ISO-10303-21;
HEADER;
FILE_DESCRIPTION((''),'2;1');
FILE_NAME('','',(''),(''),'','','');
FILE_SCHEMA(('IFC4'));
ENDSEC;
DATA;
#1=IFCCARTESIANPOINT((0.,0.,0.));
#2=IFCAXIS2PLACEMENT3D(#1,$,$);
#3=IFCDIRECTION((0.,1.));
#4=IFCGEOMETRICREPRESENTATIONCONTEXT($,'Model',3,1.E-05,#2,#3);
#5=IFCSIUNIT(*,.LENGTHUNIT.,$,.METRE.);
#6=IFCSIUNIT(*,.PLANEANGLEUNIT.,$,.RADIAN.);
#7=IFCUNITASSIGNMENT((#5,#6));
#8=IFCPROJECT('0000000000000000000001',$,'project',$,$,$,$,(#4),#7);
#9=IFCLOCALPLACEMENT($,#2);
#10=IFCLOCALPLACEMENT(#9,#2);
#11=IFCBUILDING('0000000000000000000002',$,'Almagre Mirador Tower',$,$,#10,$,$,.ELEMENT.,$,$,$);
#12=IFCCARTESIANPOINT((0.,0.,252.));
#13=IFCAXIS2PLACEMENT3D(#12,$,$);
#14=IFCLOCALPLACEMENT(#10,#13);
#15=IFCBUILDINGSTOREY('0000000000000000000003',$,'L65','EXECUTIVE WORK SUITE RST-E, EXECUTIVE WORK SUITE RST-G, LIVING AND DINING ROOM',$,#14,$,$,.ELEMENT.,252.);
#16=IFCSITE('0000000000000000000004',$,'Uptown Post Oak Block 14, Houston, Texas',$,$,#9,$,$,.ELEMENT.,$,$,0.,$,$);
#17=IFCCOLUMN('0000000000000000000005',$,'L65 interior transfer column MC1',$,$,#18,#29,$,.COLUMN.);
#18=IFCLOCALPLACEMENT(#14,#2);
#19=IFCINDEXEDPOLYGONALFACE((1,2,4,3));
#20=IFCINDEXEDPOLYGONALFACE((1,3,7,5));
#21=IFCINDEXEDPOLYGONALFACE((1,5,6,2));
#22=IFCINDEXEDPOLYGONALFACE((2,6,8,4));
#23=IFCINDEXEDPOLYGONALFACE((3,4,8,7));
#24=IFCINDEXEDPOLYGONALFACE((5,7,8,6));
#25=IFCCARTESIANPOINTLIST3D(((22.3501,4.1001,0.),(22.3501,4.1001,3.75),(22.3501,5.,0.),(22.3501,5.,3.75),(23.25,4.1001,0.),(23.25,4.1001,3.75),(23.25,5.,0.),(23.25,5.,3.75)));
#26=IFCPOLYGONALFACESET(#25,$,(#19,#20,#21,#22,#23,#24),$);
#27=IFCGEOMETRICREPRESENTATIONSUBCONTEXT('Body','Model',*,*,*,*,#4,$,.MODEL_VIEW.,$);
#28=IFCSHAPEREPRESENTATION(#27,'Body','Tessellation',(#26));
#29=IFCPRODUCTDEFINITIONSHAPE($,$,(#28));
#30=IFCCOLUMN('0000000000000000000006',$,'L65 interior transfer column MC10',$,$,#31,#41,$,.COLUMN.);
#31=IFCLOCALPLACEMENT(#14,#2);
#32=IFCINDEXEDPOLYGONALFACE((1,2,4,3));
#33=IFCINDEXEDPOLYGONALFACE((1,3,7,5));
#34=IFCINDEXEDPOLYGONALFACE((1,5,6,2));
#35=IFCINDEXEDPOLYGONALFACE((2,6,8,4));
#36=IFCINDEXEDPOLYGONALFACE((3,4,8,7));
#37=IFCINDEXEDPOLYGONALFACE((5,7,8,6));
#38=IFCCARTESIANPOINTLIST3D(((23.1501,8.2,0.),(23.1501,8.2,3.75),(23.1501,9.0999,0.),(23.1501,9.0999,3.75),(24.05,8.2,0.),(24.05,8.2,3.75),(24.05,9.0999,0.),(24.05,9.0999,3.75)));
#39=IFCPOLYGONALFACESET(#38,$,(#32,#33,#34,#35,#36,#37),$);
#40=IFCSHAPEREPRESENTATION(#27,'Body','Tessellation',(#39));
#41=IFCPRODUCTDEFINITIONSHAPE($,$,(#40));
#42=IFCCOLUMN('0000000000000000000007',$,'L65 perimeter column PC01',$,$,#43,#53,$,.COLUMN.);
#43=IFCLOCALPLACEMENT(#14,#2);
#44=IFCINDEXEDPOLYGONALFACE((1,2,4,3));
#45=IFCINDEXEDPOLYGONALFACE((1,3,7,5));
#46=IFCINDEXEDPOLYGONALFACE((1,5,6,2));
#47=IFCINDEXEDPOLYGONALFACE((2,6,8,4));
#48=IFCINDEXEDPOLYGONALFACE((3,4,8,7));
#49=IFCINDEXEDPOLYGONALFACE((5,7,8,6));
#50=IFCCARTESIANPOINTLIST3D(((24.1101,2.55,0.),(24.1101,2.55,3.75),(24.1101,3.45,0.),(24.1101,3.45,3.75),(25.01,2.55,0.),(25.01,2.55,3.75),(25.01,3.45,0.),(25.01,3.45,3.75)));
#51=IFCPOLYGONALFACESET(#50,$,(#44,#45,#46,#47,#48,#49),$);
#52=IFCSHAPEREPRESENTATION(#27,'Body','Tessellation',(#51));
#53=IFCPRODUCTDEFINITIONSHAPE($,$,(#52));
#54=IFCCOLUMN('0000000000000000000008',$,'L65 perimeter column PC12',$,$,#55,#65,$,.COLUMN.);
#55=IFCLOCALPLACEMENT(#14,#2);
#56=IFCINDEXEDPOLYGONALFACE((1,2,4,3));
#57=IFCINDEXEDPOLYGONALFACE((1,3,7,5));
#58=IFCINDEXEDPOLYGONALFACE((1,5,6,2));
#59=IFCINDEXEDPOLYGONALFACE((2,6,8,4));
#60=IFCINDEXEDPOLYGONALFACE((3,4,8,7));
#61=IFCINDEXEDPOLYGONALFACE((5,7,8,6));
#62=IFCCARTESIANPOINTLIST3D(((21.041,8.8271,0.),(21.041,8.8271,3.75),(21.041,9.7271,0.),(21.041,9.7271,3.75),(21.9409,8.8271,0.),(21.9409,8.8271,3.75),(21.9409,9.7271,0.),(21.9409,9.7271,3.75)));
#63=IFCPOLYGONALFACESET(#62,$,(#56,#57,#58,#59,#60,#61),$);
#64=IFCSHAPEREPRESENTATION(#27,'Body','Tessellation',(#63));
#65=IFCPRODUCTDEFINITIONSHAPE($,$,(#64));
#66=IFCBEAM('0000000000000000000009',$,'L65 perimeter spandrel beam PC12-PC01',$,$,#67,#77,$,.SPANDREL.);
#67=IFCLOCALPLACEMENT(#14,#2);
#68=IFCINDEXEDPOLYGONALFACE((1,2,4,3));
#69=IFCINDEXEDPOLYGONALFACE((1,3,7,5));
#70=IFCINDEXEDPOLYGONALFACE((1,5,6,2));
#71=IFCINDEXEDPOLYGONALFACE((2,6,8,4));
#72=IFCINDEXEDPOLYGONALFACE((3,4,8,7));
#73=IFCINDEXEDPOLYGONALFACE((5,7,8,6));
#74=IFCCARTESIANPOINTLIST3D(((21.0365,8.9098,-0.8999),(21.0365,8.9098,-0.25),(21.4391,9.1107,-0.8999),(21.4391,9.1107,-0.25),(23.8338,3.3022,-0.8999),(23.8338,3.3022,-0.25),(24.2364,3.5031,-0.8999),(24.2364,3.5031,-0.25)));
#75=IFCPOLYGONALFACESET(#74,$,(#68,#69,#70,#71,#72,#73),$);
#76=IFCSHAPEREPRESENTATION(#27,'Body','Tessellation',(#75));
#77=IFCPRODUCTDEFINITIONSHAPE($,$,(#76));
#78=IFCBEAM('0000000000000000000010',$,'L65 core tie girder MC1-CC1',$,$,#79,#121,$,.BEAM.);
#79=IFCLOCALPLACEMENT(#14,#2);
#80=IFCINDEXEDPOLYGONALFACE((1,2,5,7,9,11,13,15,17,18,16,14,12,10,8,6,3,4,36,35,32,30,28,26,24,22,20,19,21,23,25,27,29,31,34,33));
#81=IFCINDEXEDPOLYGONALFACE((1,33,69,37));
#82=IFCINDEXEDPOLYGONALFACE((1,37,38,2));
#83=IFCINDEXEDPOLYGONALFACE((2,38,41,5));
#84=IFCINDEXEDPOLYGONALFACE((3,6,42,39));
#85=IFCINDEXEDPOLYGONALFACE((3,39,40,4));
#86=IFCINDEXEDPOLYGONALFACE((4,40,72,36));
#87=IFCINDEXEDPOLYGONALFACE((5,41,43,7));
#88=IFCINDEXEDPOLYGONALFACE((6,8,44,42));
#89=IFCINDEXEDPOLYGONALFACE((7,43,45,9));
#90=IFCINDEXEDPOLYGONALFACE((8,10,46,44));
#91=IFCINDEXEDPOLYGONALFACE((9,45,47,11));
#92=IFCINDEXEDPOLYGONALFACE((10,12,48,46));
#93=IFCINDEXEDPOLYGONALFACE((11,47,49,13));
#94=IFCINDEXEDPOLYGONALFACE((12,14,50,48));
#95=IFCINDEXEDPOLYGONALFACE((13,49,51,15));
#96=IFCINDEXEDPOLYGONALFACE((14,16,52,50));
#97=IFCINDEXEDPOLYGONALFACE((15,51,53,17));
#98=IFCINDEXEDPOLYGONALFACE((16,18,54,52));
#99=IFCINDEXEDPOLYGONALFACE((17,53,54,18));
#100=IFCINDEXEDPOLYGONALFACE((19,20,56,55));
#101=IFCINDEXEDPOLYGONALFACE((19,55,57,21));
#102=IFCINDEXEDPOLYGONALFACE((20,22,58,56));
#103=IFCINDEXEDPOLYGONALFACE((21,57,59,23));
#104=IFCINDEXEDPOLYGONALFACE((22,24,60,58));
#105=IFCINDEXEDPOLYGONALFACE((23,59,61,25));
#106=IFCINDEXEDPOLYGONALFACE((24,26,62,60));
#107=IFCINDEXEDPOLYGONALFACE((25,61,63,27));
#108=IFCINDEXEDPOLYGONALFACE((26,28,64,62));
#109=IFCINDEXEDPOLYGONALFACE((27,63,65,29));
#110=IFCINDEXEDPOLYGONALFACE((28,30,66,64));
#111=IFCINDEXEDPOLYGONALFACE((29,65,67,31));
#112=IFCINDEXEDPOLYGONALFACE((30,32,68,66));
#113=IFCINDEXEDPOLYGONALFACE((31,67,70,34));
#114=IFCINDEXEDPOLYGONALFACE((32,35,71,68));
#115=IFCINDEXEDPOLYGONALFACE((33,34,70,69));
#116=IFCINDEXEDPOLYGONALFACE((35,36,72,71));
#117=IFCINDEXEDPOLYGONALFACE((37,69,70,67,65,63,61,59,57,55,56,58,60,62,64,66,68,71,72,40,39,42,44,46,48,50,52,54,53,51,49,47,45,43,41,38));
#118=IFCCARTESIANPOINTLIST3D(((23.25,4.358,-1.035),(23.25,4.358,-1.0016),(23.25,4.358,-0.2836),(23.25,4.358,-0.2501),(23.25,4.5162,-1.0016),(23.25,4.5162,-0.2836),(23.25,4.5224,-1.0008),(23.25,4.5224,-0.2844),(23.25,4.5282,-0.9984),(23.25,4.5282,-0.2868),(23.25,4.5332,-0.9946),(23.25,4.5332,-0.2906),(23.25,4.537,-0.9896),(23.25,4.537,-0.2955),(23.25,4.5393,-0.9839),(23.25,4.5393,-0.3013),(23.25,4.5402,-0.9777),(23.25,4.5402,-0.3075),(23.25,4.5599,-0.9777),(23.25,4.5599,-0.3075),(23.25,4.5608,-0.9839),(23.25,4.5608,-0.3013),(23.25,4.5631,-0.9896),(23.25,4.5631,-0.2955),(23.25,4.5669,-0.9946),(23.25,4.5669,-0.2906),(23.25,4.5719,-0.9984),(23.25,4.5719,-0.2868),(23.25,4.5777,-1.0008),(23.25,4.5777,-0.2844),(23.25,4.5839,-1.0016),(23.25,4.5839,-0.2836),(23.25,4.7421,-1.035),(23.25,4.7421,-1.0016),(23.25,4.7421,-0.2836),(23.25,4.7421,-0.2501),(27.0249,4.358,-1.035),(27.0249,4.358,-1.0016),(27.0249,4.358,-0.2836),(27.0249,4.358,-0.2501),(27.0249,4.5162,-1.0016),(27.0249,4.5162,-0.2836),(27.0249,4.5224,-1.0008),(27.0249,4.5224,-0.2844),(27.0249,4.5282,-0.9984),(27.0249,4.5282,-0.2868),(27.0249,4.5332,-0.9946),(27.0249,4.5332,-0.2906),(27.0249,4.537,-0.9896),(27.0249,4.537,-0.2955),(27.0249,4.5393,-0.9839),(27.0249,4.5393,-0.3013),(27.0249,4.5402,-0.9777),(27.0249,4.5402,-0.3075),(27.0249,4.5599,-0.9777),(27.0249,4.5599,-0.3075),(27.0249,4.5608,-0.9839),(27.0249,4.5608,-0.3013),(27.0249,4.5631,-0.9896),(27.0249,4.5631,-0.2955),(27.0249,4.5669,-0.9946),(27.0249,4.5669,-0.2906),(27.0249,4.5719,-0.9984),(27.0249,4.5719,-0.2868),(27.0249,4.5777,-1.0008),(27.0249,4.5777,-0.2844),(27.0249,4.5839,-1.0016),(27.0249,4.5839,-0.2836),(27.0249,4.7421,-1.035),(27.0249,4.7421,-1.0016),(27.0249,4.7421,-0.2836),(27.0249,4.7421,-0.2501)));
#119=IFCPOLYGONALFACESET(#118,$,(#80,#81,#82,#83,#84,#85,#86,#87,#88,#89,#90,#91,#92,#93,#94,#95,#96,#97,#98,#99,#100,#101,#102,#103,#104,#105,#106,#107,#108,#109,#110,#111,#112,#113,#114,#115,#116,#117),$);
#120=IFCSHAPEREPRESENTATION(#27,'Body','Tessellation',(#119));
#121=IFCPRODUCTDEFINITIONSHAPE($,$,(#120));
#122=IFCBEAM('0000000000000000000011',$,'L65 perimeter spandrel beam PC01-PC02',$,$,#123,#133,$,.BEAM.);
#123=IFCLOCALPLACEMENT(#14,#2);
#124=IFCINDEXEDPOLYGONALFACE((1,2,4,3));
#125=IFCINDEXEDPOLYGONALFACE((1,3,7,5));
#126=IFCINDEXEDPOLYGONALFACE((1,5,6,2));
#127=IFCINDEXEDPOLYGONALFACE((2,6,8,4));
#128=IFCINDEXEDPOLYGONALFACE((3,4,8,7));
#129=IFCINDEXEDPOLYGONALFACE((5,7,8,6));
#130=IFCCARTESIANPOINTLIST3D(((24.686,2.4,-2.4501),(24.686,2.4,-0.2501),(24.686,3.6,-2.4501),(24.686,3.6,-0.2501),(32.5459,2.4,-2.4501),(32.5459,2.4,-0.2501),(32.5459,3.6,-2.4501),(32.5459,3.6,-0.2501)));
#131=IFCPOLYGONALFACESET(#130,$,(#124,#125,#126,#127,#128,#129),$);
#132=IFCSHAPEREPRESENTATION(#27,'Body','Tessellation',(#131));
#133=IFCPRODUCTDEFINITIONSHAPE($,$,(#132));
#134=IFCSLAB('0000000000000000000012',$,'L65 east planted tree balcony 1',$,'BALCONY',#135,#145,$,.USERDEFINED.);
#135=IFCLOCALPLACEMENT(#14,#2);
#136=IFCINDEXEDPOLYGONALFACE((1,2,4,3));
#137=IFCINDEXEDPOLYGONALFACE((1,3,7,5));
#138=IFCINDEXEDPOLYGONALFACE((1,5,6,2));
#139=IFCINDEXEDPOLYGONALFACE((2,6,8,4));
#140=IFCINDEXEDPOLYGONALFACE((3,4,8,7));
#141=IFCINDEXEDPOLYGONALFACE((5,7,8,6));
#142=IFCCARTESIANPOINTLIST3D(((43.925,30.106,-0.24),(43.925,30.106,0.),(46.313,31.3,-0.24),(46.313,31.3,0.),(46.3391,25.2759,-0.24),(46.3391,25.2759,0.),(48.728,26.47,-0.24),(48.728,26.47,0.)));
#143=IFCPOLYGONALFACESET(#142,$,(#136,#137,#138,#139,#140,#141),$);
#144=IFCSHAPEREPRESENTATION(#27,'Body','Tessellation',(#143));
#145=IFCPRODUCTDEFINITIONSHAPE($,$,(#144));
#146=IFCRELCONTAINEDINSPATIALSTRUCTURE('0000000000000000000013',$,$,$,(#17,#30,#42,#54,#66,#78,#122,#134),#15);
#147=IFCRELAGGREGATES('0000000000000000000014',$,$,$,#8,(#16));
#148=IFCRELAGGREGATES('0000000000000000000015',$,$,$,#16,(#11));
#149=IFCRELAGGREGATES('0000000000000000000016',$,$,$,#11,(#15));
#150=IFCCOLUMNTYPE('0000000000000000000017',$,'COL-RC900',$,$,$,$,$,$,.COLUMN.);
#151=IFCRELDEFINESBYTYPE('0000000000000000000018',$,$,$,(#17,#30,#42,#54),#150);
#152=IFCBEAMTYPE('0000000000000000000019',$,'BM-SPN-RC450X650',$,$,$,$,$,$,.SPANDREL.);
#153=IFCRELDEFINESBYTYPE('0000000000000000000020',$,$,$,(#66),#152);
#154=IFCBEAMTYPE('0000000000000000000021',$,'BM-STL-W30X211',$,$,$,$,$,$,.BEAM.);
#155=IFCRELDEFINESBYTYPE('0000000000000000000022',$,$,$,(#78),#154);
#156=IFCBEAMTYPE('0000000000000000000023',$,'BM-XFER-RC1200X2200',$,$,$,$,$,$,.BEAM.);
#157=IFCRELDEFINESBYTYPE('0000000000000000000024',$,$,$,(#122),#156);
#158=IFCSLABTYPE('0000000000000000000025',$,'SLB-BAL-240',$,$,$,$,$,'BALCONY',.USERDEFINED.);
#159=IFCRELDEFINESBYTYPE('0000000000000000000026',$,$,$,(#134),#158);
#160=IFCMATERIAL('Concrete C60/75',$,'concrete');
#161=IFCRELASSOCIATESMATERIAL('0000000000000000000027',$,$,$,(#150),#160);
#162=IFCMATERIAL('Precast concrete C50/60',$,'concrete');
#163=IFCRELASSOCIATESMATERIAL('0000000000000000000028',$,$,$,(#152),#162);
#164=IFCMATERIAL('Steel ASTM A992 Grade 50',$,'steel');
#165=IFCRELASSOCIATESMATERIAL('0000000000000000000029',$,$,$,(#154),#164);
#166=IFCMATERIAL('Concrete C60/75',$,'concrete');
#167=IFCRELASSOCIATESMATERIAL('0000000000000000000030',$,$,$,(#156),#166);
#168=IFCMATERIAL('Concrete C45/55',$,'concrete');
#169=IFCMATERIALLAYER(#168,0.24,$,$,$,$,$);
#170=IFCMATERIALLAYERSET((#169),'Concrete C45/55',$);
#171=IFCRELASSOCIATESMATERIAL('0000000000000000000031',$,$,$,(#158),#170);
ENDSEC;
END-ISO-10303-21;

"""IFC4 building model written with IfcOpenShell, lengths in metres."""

from ifc_helpers import new_model, si_unit, direction, frame, origin, origin_2d, place, context, subcontext, project, spatial, polyline, rectangle, i_section, outline, extrude, material, layer, layer_set, material_profile, profile_set, type_object, element, save


model = new_model("IFC4")

# Units and contexts
model_context = context("Model", 3, precision=1e-05, world=origin(), true_north=direction((0.0, 1.0)))
body_context = subcontext(model_context, "Body", "Model", "MODEL_VIEW")
ifc_project = project(units=[si_unit("LENGTHUNIT", "METRE"), si_unit("PLANEANGLEUNIT", "RADIAN")], contexts=[model_context])

# Site, building, storey
site_placement = place(None, origin())
site = spatial("IfcSite", under=ifc_project, at=site_placement, Name="Uptown Post Oak Block 14, Houston, Texas", CompositionType="ELEMENT", RefElevation=0.0)
building_placement = place(site_placement, origin())
building = spatial("IfcBuilding", under=site, at=building_placement, Name="Almagre Mirador Tower", CompositionType="ELEMENT")
storey_placement = place(building_placement, frame((0.0, 0.0, 252.0)))
storey = spatial("IfcBuildingStorey", under=building, at=storey_placement, Name="L65", Description="EXECUTIVE WORK SUITE RST-E, EXECUTIVE WORK SUITE RST-G, LIVING AND DINING ROOM", CompositionType="ELEMENT", Elevation=252.0)

# Columns
ifc_material_1 = material(Name="Concrete C60/75", Category="concrete")
ifc_material_profile_1 = material_profile(ifc_material_1, rectangle(XDim=0.8999, YDim=0.8999, at=origin_2d()), Name="RC900X900")
ifc_profile_set_1 = profile_set([ifc_material_profile_1], Name="Concrete C60/75")
column_type = type_object("IfcColumnType", Name="COL-RC900", PredefinedType="COLUMN", material=ifc_profile_set_1)
for number, where, z_axis, x_axis, name in (
    (1, (22.8, 4.55, 0.0), (0.0, 0.0, 1.0), (1.0, 0.0, 0.0), "L65 interior transfer column MC1"),
    (2, (23.6001, 8.6499, 0.0), (0.0, 0.0, 1.0), (1.0, 0.0, 0.0), "L65 interior transfer column MC10"),
    (3, (24.5601, 3.0, 0.0), (0.0, 0.0, 1.0), (1.0, 0.0, 0.0), "L65 perimeter column PC01"),
    (4, (21.491, 9.2771, 0.0), (0.0, 0.0, 1.0), (1.0, 0.0, 0.0), "L65 perimeter column PC12"),
):
    element("IfcColumn", number, at=place(storey_placement, frame(where, z_axis=z_axis, x_axis=x_axis)), inside=storey, type_object=column_type, Name=name, PredefinedType="COLUMN", context=body_context, shape_type="SweptSolid", body=[
        extrude(rectangle(XDim=0.8999, YDim=0.8999, at=origin_2d()), origin(), (0.0, 0.0, 1.0), 3.75),
    ])

# Beams
ifc_material_2 = material(Name="Precast concrete C50/60", Category="concrete")
ifc_material_profile_2 = material_profile(ifc_material_2, rectangle(XDim=0.45, YDim=0.6499, at=origin_2d()), Name="RC450X650")
ifc_profile_set_2 = profile_set([ifc_material_profile_2], Name="Precast concrete C50/60")
beam_type_1 = type_object("IfcBeamType", Name="BM-SPN-RC450X650", PredefinedType="SPANDREL", material=ifc_profile_set_2)
beam_1_placement = place(storey_placement, frame((21.2378, 9.0103, -0.575), z_axis=(0.446387, -0.89484, 0.0), x_axis=(0.89484, 0.446387, 0.0)))
element("IfcBeam", 5, at=beam_1_placement, inside=storey, type_object=beam_type_1, Name="L65 perimeter spandrel beam PC12-PC01", PredefinedType="SPANDREL", context=body_context, shape_type="SweptSolid", body=[
    extrude(rectangle(XDim=0.45, YDim=0.6499, at=origin_2d()), origin(), (0.0, 0.0, 1.0), 6.2666),
])
ifc_material_3 = material(Name="Steel ASTM A992 Grade 50", Category="steel")
ifc_material_profile_3 = material_profile(ifc_material_3, i_section(OverallWidth=0.384, OverallDepth=0.7849, WebThickness=0.0198, FlangeThickness=0.0334, FilletRadius=0.0239, at=origin_2d()), Name="W30X211")
ifc_profile_set_3 = profile_set([ifc_material_profile_3], Name="Steel ASTM A992 Grade 50")
beam_type_2 = type_object("IfcBeamType", Name="BM-STL-W30X211", PredefinedType="BEAM", material=ifc_profile_set_3)
beam_2_placement = place(storey_placement, frame((23.25, 4.55, -0.6426), z_axis=(1.0, 0.0, 0.0), x_axis=(0.0, 1.0, 0.0)))
element("IfcBeam", 6, at=beam_2_placement, inside=storey, type_object=beam_type_2, Name="L65 core tie girder MC1-CC1", PredefinedType="BEAM", context=body_context, shape_type="SweptSolid", body=[
    extrude(i_section(OverallWidth=0.384, OverallDepth=0.7849, WebThickness=0.0198, FlangeThickness=0.0334, FilletRadius=0.0239, at=origin_2d()), origin(), (0.0, 0.0, 1.0), 3.7749),
])
ifc_material_4 = material(Name="Concrete C60/75", Category="concrete")
ifc_material_profile_4 = material_profile(ifc_material_4, rectangle(XDim=1.2, YDim=2.2, at=origin_2d()), Name="RC1200X2200")
ifc_profile_set_4 = profile_set([ifc_material_profile_4], Name="Concrete C60/75")
beam_type_3 = type_object("IfcBeamType", Name="BM-XFER-RC1200X2200", PredefinedType="BEAM", material=ifc_profile_set_4)
beam_3_placement = place(storey_placement, frame((24.686, 3.0, -1.3501), z_axis=(1.0, 0.0, 0.0), x_axis=(0.0, 1.0, 0.0)))
element("IfcBeam", 7, at=beam_3_placement, inside=storey, type_object=beam_type_3, Name="L65 perimeter spandrel beam PC01-PC02", PredefinedType="BEAM", context=body_context, shape_type="SweptSolid", body=[
    extrude(rectangle(XDim=1.2, YDim=2.2, at=origin_2d()), origin(), (0.0, 0.0, 1.0), 7.8599),
])

# Slab
ifc_material_5 = material(Name="Concrete C45/55", Category="concrete")
ifc_layer_1 = layer(ifc_material_5, 0.24)
ifc_layer_set_1 = layer_set([ifc_layer_1], Name="Concrete C45/55")
slab_type_1 = type_object("IfcSlabType", Name="SLB-BAL-240", ElementType="BALCONY", PredefinedType="USERDEFINED", material=ifc_layer_set_1)
slab_1_placement = place(storey_placement, frame((0.0, 0.0, -0.24)))
element("IfcSlab", 8, at=slab_1_placement, inside=storey, type_object=slab_type_1, Name="L65 east planted tree balcony 1", ObjectType="BALCONY", PredefinedType="USERDEFINED", context=body_context, shape_type="SweptSolid", body=[
    extrude(outline(polyline([(46.3391, 25.2759), (43.925, 30.106), (46.313, 31.3), (48.728, 26.47), (46.3391, 25.2759)])), origin(), (0.0, 0.0, 1.0), 0.24),
])

save(model, "model.ifc")
